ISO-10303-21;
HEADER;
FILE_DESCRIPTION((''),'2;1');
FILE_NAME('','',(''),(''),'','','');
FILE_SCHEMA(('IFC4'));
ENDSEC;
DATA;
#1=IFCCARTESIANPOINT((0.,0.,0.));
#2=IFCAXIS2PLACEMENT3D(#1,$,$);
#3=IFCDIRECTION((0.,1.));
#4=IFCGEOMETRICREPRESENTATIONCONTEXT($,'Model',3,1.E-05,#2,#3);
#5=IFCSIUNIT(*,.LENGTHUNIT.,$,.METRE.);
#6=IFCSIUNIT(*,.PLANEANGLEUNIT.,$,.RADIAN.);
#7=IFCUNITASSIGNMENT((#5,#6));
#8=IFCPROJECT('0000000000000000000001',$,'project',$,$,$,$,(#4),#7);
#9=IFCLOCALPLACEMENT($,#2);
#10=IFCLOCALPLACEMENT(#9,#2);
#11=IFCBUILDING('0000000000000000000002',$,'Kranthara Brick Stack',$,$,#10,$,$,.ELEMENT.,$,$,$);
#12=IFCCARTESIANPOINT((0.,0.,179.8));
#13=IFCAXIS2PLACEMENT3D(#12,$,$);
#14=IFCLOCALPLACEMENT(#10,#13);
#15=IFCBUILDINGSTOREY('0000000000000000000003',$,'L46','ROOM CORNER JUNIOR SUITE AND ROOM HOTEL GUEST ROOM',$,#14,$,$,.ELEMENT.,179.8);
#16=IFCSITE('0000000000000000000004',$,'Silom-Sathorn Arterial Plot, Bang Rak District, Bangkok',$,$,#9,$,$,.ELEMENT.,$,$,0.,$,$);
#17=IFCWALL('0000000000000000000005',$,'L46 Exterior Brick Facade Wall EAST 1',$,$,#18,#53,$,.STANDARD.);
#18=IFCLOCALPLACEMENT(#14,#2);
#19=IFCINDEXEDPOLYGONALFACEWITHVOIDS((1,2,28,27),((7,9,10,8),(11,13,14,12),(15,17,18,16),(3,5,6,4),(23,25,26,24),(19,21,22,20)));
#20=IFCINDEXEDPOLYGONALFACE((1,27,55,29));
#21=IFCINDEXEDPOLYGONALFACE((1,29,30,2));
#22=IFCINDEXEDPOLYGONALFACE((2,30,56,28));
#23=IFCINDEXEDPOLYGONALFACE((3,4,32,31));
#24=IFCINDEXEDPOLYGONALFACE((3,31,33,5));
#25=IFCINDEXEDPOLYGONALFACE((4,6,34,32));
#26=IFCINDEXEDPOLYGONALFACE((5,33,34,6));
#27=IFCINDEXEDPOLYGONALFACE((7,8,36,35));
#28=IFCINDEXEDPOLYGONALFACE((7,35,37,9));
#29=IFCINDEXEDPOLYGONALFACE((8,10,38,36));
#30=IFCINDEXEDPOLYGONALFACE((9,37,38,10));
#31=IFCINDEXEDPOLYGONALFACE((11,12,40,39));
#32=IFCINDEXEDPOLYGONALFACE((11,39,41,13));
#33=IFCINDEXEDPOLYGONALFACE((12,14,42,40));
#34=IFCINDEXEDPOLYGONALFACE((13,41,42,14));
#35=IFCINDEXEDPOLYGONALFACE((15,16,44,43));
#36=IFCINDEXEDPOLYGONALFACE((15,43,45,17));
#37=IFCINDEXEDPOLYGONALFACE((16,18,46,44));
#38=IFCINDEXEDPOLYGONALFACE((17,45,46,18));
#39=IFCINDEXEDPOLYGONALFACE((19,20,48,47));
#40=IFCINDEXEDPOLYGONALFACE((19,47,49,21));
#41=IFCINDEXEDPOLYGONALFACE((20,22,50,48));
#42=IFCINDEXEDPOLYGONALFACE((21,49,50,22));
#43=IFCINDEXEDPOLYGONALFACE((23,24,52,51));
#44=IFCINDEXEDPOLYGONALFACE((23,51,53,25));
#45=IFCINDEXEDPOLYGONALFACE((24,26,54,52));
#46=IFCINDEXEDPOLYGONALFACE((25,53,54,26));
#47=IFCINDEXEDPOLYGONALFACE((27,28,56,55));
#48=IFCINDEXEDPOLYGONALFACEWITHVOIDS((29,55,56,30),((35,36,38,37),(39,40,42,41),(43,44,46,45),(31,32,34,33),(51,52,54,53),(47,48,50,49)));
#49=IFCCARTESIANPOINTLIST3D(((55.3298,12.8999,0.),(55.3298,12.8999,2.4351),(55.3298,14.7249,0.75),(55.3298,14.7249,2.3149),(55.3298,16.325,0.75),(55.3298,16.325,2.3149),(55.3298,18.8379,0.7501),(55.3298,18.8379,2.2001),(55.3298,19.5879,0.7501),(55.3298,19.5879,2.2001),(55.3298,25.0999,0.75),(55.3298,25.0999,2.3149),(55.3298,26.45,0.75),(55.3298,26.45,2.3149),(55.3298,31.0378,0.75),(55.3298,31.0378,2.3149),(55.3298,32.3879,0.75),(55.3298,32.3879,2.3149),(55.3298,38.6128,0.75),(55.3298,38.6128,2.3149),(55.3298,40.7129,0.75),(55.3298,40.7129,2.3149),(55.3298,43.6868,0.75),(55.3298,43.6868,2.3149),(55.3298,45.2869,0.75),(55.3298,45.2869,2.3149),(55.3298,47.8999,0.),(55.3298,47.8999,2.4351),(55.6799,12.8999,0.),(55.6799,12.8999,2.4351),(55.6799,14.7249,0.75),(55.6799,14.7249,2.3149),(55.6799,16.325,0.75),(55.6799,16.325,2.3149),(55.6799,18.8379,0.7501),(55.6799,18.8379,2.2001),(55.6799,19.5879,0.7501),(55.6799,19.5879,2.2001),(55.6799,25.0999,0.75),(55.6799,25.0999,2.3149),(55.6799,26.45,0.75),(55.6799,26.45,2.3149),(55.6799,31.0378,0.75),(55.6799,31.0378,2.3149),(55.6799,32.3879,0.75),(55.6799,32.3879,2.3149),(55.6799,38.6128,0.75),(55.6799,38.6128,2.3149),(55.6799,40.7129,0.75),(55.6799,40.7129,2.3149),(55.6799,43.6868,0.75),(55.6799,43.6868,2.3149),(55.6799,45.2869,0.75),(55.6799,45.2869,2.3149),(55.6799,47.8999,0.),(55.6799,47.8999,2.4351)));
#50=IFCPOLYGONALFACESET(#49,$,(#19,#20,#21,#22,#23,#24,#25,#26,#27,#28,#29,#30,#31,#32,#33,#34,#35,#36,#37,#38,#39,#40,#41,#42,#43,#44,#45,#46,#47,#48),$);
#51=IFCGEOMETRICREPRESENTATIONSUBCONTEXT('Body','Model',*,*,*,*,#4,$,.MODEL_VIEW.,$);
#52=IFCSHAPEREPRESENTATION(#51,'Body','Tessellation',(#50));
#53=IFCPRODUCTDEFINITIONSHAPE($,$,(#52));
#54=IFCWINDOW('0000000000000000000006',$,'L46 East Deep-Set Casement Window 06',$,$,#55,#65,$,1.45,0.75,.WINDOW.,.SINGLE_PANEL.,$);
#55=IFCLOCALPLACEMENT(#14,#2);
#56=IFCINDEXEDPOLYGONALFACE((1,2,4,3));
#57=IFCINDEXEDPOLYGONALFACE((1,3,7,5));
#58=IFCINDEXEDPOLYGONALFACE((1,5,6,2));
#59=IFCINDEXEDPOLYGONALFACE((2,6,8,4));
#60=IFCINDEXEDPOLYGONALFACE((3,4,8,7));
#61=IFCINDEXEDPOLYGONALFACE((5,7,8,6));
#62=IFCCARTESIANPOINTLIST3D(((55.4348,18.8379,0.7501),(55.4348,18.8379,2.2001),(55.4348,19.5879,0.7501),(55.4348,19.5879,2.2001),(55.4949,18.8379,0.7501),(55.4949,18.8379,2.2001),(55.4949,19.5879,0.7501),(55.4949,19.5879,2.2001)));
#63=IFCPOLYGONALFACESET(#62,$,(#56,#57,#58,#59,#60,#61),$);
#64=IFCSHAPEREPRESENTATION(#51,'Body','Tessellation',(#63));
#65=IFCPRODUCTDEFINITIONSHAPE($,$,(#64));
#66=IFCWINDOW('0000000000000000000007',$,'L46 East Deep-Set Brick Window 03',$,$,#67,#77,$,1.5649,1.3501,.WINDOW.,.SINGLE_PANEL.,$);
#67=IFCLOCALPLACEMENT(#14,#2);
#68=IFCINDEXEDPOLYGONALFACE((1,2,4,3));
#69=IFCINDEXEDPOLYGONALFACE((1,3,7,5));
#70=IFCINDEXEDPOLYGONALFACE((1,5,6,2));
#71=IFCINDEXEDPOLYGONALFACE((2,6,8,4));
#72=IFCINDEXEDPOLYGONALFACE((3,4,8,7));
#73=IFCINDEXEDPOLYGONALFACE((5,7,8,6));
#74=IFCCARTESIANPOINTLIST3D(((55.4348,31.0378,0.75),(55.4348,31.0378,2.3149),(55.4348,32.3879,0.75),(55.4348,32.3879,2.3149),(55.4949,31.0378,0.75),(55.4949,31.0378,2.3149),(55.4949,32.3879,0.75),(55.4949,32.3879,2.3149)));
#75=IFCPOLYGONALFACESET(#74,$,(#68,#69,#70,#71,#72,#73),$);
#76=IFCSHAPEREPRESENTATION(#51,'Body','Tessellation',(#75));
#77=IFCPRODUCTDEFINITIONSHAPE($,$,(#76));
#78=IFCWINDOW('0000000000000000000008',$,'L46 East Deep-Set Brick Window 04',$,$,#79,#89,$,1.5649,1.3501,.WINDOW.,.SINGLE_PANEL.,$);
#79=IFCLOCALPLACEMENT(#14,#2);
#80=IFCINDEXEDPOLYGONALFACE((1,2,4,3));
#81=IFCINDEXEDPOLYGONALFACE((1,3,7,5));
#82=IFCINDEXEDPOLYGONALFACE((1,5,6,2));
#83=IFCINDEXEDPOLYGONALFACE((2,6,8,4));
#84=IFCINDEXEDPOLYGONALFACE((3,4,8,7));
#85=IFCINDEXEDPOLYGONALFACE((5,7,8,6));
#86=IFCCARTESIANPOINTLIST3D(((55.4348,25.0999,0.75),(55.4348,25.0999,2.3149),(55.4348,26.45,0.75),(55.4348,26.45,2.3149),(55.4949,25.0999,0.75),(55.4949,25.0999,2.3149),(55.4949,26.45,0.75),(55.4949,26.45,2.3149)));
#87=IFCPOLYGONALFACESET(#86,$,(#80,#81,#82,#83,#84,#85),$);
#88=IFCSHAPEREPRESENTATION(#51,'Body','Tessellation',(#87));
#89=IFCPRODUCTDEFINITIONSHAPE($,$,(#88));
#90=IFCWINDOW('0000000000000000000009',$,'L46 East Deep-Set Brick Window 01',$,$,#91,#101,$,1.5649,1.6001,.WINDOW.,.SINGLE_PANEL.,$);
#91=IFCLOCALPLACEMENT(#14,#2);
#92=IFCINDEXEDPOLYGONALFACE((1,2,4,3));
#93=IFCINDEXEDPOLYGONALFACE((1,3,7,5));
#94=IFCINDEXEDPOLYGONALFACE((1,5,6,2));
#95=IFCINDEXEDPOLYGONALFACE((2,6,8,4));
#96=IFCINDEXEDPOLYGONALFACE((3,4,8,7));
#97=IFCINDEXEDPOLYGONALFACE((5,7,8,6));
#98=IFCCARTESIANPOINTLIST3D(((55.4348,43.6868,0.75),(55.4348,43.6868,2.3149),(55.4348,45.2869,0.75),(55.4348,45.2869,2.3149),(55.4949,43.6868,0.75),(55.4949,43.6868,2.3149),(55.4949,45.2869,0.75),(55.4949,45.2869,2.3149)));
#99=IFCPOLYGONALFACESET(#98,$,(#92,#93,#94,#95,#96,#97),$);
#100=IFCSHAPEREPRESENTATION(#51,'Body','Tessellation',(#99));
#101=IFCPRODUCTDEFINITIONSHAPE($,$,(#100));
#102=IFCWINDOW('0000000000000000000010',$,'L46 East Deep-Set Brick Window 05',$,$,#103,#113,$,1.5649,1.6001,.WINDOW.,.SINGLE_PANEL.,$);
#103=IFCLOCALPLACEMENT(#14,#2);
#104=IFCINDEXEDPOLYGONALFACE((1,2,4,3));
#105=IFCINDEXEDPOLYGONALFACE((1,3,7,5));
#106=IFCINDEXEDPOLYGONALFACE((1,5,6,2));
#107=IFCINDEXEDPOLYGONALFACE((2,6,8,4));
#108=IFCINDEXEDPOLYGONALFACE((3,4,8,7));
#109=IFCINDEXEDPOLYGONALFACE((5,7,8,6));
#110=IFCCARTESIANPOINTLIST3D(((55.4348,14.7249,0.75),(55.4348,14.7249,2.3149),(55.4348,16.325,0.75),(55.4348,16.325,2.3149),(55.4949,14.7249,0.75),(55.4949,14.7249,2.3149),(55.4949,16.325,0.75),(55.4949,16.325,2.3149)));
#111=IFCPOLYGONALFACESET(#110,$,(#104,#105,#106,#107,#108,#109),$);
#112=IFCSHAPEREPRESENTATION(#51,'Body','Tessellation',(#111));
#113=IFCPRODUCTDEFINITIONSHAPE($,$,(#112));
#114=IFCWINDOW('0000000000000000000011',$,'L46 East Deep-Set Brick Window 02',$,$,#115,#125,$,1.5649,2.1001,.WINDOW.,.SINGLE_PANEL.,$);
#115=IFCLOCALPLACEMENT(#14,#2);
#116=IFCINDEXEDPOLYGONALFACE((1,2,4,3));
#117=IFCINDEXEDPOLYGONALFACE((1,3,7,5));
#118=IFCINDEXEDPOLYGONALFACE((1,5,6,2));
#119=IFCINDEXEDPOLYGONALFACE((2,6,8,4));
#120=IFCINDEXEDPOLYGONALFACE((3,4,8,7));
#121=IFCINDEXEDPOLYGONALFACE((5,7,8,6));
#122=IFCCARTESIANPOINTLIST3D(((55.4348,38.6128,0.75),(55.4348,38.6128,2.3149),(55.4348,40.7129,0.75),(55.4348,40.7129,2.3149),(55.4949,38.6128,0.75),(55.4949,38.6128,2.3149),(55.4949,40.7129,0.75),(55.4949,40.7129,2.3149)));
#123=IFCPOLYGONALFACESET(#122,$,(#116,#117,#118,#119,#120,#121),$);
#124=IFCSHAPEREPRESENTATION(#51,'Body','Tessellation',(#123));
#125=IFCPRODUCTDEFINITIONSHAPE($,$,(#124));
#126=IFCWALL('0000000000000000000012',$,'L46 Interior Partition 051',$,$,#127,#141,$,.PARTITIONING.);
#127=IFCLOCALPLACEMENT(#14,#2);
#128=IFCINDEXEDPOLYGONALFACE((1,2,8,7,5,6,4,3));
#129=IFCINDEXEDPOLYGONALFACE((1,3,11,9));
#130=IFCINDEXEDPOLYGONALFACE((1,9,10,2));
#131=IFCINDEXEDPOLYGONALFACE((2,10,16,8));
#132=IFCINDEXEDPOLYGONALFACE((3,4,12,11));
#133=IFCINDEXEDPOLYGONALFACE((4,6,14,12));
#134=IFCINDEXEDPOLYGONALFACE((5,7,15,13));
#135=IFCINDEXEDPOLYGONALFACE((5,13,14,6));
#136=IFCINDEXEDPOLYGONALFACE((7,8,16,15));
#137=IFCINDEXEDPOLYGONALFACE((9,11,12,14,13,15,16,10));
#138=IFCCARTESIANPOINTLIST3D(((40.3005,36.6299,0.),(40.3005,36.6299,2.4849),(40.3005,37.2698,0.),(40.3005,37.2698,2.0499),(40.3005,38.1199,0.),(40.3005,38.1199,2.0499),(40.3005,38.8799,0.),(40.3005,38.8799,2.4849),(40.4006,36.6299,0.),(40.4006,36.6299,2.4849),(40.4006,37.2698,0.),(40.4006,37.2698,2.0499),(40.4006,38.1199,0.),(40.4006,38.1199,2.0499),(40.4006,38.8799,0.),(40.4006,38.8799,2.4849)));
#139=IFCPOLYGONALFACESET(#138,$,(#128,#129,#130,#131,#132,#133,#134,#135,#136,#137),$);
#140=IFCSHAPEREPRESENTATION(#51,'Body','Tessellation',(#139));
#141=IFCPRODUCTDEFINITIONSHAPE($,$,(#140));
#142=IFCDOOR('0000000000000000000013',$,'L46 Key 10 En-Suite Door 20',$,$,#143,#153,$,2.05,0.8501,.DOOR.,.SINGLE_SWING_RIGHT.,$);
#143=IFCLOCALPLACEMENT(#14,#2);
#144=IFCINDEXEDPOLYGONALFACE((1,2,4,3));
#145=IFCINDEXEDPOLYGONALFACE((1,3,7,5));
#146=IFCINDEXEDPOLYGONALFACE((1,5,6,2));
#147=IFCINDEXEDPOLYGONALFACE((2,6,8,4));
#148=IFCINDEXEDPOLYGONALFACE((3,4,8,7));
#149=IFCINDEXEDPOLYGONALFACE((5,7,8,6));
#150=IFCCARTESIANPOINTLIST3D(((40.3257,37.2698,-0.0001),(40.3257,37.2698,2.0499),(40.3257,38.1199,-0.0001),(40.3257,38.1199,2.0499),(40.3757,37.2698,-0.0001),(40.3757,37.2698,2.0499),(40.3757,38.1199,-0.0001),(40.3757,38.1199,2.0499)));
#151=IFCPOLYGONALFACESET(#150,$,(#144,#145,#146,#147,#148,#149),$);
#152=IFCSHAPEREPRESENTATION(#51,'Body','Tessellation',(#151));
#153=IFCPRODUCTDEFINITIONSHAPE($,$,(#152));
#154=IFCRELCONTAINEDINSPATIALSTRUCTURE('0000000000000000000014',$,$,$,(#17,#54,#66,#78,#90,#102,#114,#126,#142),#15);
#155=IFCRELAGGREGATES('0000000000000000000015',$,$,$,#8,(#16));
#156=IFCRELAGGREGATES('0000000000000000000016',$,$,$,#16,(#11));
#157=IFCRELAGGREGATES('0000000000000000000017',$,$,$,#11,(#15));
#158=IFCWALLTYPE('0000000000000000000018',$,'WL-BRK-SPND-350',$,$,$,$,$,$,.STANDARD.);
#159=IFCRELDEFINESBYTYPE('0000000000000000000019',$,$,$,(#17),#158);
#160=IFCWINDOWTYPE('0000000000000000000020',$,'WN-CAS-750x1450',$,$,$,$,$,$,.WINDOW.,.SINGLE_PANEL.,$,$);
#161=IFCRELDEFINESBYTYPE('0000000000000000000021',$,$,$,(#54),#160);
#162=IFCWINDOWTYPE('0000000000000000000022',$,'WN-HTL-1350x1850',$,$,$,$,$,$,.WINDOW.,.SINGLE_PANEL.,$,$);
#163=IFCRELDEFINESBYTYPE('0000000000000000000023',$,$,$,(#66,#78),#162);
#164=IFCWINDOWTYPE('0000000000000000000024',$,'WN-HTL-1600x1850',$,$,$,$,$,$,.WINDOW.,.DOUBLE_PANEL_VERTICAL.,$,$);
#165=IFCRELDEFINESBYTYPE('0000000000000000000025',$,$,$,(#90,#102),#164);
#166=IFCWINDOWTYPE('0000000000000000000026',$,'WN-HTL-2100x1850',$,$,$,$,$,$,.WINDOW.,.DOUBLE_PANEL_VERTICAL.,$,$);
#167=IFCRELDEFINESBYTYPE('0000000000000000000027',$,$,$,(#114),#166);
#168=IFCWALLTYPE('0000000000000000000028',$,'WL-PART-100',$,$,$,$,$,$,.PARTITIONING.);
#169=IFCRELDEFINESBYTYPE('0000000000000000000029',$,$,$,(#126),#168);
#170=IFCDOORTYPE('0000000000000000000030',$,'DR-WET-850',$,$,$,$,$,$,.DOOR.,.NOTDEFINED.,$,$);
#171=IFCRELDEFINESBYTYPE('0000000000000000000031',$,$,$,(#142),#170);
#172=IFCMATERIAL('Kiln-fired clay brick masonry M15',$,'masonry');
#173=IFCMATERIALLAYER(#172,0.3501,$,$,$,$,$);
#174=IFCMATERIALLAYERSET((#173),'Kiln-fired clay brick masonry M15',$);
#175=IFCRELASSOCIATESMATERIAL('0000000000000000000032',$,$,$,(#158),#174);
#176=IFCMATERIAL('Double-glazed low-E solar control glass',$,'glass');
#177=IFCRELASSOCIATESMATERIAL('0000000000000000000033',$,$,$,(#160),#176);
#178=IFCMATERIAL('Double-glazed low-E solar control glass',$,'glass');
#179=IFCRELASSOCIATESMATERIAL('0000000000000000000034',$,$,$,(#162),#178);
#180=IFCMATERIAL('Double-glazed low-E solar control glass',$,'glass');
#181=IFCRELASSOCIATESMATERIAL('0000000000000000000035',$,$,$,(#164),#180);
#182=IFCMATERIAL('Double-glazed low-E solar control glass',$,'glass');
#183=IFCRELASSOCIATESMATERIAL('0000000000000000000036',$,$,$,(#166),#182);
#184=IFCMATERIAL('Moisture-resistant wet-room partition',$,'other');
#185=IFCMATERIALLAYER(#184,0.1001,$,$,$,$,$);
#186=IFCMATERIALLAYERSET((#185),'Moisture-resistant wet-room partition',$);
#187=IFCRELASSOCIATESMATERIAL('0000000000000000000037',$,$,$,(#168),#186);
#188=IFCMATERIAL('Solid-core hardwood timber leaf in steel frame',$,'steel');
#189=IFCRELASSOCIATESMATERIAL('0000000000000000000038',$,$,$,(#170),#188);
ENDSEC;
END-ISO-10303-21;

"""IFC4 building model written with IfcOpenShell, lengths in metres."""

from ifc_helpers import new_model, si_unit, direction, frame, frame_2d, origin, place, context, subcontext, project, spatial, rectangle, extrude, material, layer, layer_set, type_object, element, fill, save


model = new_model("IFC4")

# Units and contexts
model_context = context("Model", 3, precision=1e-05, world=origin(), true_north=direction((0.0, 1.0)))
body_context = subcontext(model_context, "Body", "Model", "MODEL_VIEW")
ifc_project = project(units=[si_unit("LENGTHUNIT", "METRE"), si_unit("PLANEANGLEUNIT", "RADIAN")], contexts=[model_context])

# Site, building, storey
site_placement = place(None, origin())
site = spatial("IfcSite", under=ifc_project, at=site_placement, Name="Silom-Sathorn Arterial Plot, Bang Rak District, Bangkok", CompositionType="ELEMENT", RefElevation=0.0)
building_placement = place(site_placement, origin())
building = spatial("IfcBuilding", under=site, at=building_placement, Name="Kranthara Brick Stack", CompositionType="ELEMENT")
storey_placement = place(building_placement, frame((0.0, 0.0, 179.8)))
storey = spatial("IfcBuildingStorey", under=building, at=storey_placement, Name="L46", Description="ROOM CORNER JUNIOR SUITE AND ROOM HOTEL GUEST ROOM", CompositionType="ELEMENT", Elevation=179.8)

# Shared definitions
ifc_material_1 = material(Name="Kiln-fired clay brick masonry M15", Category="masonry")
ifc_layer_1 = layer(ifc_material_1, 0.3501)
ifc_layer_set_1 = layer_set([ifc_layer_1], Name="Kiln-fired clay brick masonry M15")
wall_type_1 = type_object("IfcWallType", Name="WL-BRK-SPND-350", PredefinedType="STANDARD", material=ifc_layer_set_1)

# Wall, openings, windows
wall_1_placement = place(storey_placement, frame((55.5049, 47.8999, 0.0), z_axis=(0.0, 0.0, 1.0), x_axis=(0.0, -1.0, 0.0)))
wall_1 = element("IfcWall", 1, at=wall_1_placement, inside=storey, type_object=wall_type_1, Name="L46 Exterior Brick Facade Wall EAST 1", PredefinedType="STANDARD", context=body_context, shape_type="SweptSolid", body=[
    extrude(rectangle(XDim=35.0, YDim=0.3501, at=frame_2d((17.5, 0.0))), origin(), (0.0, 0.0, 1.0), 2.4351),
])
opening_1_placement = place(wall_1_placement, frame((2.613, 0.0, 0.75)))
opening_1 = element("IfcOpeningElement", 2, at=opening_1_placement, cuts=wall_1, PredefinedType="OPENING", context=body_context, shape_type="SweptSolid", body=[
    extrude(rectangle(XDim=1.6001, YDim=1.5649, at=frame_2d((0.8, 0.7825))), frame((0.0, 0.1851, 0.0), z_axis=(0.0, -1.0, 0.0), x_axis=(1.0, 0.0, 0.0)), (0.0, 0.0, 1.0), 0.3701),
])
opening_2_placement = place(wall_1_placement, frame((7.187, 0.0, 0.75)))
opening_2 = element("IfcOpeningElement", 3, at=opening_2_placement, cuts=wall_1, PredefinedType="OPENING", context=body_context, shape_type="SweptSolid", body=[
    extrude(rectangle(XDim=2.1001, YDim=1.5649, at=frame_2d((1.05, 0.7825))), frame((0.0, 0.1851, 0.0), z_axis=(0.0, -1.0, 0.0), x_axis=(1.0, 0.0, 0.0)), (0.0, 0.0, 1.0), 0.3701),
])
opening_3_placement = place(wall_1_placement, frame((15.512, 0.0, 0.75)))
opening_3 = element("IfcOpeningElement", 4, at=opening_3_placement, cuts=wall_1, PredefinedType="OPENING", context=body_context, shape_type="SweptSolid", body=[
    extrude(rectangle(XDim=1.3501, YDim=1.5649, at=frame_2d((0.675, 0.7825))), frame((0.0, 0.1851, 0.0), z_axis=(0.0, -1.0, 0.0), x_axis=(1.0, 0.0, 0.0)), (0.0, 0.0, 1.0), 0.3701),
])
opening_4_placement = place(wall_1_placement, frame((21.45, 0.0, 0.75)))
opening_4 = element("IfcOpeningElement", 5, at=opening_4_placement, cuts=wall_1, PredefinedType="OPENING", context=body_context, shape_type="SweptSolid", body=[
    extrude(rectangle(XDim=1.3501, YDim=1.5649, at=frame_2d((0.675, 0.7825))), frame((0.0, 0.1851, 0.0), z_axis=(0.0, -1.0, 0.0), x_axis=(1.0, 0.0, 0.0)), (0.0, 0.0, 1.0), 0.3701),
])
opening_5_placement = place(wall_1_placement, frame((31.575, 0.0, 0.75)))
opening_5 = element("IfcOpeningElement", 6, at=opening_5_placement, cuts=wall_1, PredefinedType="OPENING", context=body_context, shape_type="SweptSolid", body=[
    extrude(rectangle(XDim=1.6001, YDim=1.5649, at=frame_2d((0.8, 0.7825))), frame((0.0, 0.1851, 0.0), z_axis=(0.0, -1.0, 0.0), x_axis=(1.0, 0.0, 0.0)), (0.0, 0.0, 1.0), 0.3701),
])
opening_6_placement = place(wall_1_placement, frame((28.312, 0.0, 0.75)))
opening_6 = element("IfcOpeningElement", 7, at=opening_6_placement, cuts=wall_1, PredefinedType="OPENING", context=body_context, shape_type="SweptSolid", body=[
    extrude(rectangle(XDim=0.75, YDim=1.45, at=frame_2d((0.375, 0.7251))), frame((0.0, 0.1851, 0.0), z_axis=(0.0, -1.0, 0.0), x_axis=(1.0, 0.0, 0.0)), (0.0, 0.0, 1.0), 0.3701),
])
ifc_material_2 = material(Name="Double-glazed low-E solar control glass", Category="glass")
window_type_1 = type_object("IfcWindowType", Name="WN-CAS-750x1450", PartitioningType="SINGLE_PANEL", PredefinedType="WINDOW", material=ifc_material_2)
window_1_placement = place(opening_6_placement, origin())
window_1 = element("IfcWindow", 8, at=window_1_placement, inside=storey, type_object=window_type_1, Name="L46 East Deep-Set Casement Window 06", OverallHeight=1.45, OverallWidth=0.75, PartitioningType="SINGLE_PANEL", PredefinedType="WINDOW", context=body_context, shape_type="SweptSolid", body=[
    extrude(rectangle(XDim=0.75, YDim=1.45, at=frame_2d((0.375, 0.7251))), frame((0.0, -0.01, 0.0), z_axis=(0.0, -1.0, 0.0), x_axis=(1.0, 0.0, 0.0)), (0.0, 0.0, 1.0), 0.0601),
])
fill(opening_6, window_1)
ifc_material_3 = material(Name="Double-glazed low-E solar control glass", Category="glass")
window_type_2 = type_object("IfcWindowType", Name="WN-HTL-1350x1850", PartitioningType="SINGLE_PANEL", PredefinedType="WINDOW", material=ifc_material_3)
window_2_placement = place(opening_3_placement, origin())
window_2 = element("IfcWindow", 9, at=window_2_placement, inside=storey, type_object=window_type_2, Name="L46 East Deep-Set Brick Window 03", OverallHeight=1.5649, OverallWidth=1.3501, PartitioningType="SINGLE_PANEL", PredefinedType="WINDOW", context=body_context, shape_type="SweptSolid", body=[
    extrude(rectangle(XDim=1.3501, YDim=1.5649, at=frame_2d((0.675, 0.7825))), frame((0.0, -0.01, 0.0), z_axis=(0.0, -1.0, 0.0), x_axis=(1.0, 0.0, 0.0)), (0.0, 0.0, 1.0), 0.0601),
])
fill(opening_3, window_2)
window_3_placement = place(opening_4_placement, origin())
window_3 = element("IfcWindow", 10, at=window_3_placement, inside=storey, type_object=window_type_2, Name="L46 East Deep-Set Brick Window 04", OverallHeight=1.5649, OverallWidth=1.3501, PartitioningType="SINGLE_PANEL", PredefinedType="WINDOW", context=body_context, shape_type="SweptSolid", body=[
    extrude(rectangle(XDim=1.3501, YDim=1.5649, at=frame_2d((0.675, 0.7825))), frame((0.0, -0.01, 0.0), z_axis=(0.0, -1.0, 0.0), x_axis=(1.0, 0.0, 0.0)), (0.0, 0.0, 1.0), 0.0601),
])
fill(opening_4, window_3)
ifc_material_4 = material(Name="Double-glazed low-E solar control glass", Category="glass")
window_type_3 = type_object("IfcWindowType", Name="WN-HTL-1600x1850", PartitioningType="DOUBLE_PANEL_VERTICAL", PredefinedType="WINDOW", material=ifc_material_4)
window_4_placement = place(opening_1_placement, origin())
window_4 = element("IfcWindow", 11, at=window_4_placement, inside=storey, type_object=window_type_3, Name="L46 East Deep-Set Brick Window 01", OverallHeight=1.5649, OverallWidth=1.6001, PartitioningType="SINGLE_PANEL", PredefinedType="WINDOW", context=body_context, shape_type="SweptSolid", body=[
    extrude(rectangle(XDim=1.6001, YDim=1.5649, at=frame_2d((0.8, 0.7825))), frame((0.0, -0.01, 0.0), z_axis=(0.0, -1.0, 0.0), x_axis=(1.0, 0.0, 0.0)), (0.0, 0.0, 1.0), 0.0601),
])
fill(opening_1, window_4)
window_5_placement = place(opening_5_placement, origin())
window_5 = element("IfcWindow", 12, at=window_5_placement, inside=storey, type_object=window_type_3, Name="L46 East Deep-Set Brick Window 05", OverallHeight=1.5649, OverallWidth=1.6001, PartitioningType="SINGLE_PANEL", PredefinedType="WINDOW", context=body_context, shape_type="SweptSolid", body=[
    extrude(rectangle(XDim=1.6001, YDim=1.5649, at=frame_2d((0.8, 0.7825))), frame((0.0, -0.01, 0.0), z_axis=(0.0, -1.0, 0.0), x_axis=(1.0, 0.0, 0.0)), (0.0, 0.0, 1.0), 0.0601),
])
fill(opening_5, window_5)
ifc_material_5 = material(Name="Double-glazed low-E solar control glass", Category="glass")
window_type_4 = type_object("IfcWindowType", Name="WN-HTL-2100x1850", PartitioningType="DOUBLE_PANEL_VERTICAL", PredefinedType="WINDOW", material=ifc_material_5)
window_6_placement = place(opening_2_placement, origin())
window_6 = element("IfcWindow", 13, at=window_6_placement, inside=storey, type_object=window_type_4, Name="L46 East Deep-Set Brick Window 02", OverallHeight=1.5649, OverallWidth=2.1001, PartitioningType="SINGLE_PANEL", PredefinedType="WINDOW", context=body_context, shape_type="SweptSolid", body=[
    extrude(rectangle(XDim=2.1001, YDim=1.5649, at=frame_2d((1.05, 0.7825))), frame((0.0, -0.01, 0.0), z_axis=(0.0, -1.0, 0.0), x_axis=(1.0, 0.0, 0.0)), (0.0, 0.0, 1.0), 0.0601),
])
fill(opening_2, window_6)

# Wall, opening, door
ifc_material_6 = material(Name="Moisture-resistant wet-room partition", Category="other")
ifc_layer_2 = layer(ifc_material_6, 0.1001)
ifc_layer_set_2 = layer_set([ifc_layer_2], Name="Moisture-resistant wet-room partition")
wall_type_2 = type_object("IfcWallType", Name="WL-PART-100", PredefinedType="PARTITIONING", material=ifc_layer_set_2)
wall_2_placement = place(storey_placement, frame((40.3506, 36.6299, 0.0), z_axis=(0.0, 0.0, 1.0), x_axis=(0.0, 1.0, 0.0)))
wall_2 = element("IfcWall", 14, at=wall_2_placement, inside=storey, type_object=wall_type_2, Name="L46 Interior Partition 051", PredefinedType="PARTITIONING", context=body_context, shape_type="SweptSolid", body=[
    extrude(rectangle(XDim=2.25, YDim=0.1001, at=frame_2d((1.125, 0.0))), origin(), (0.0, 0.0, 1.0), 2.4849),
])
opening_7_placement = place(wall_2_placement, frame((0.6399, 0.0, 0.0)))
opening_7 = element("IfcOpeningElement", 15, at=opening_7_placement, cuts=wall_2, PredefinedType="OPENING", context=body_context, shape_type="SweptSolid", body=[
    extrude(rectangle(XDim=0.8501, YDim=2.05, at=frame_2d((0.425, 1.0249))), frame((0.0, 0.0601, 0.0), z_axis=(0.0, -1.0, 0.0), x_axis=(1.0, 0.0, 0.0)), (0.0, 0.0, 1.0), 0.1201),
])
ifc_material_7 = material(Name="Solid-core hardwood timber leaf in steel frame", Category="steel")
door_type_1 = type_object("IfcDoorType", Name="DR-WET-850", OperationType="NOTDEFINED", PredefinedType="DOOR", material=ifc_material_7)
door_1_placement = place(opening_7_placement, origin())
door_1 = element("IfcDoor", 16, at=door_1_placement, inside=storey, type_object=door_type_1, Name="L46 Key 10 En-Suite Door 20", OperationType="SINGLE_SWING_RIGHT", OverallHeight=2.05, OverallWidth=0.8501, PredefinedType="DOOR", context=body_context, shape_type="SweptSolid", body=[
    extrude(rectangle(XDim=0.8501, YDim=2.05, at=frame_2d((0.425, 1.0249))), frame((0.0, 0.0249, 0.0), z_axis=(0.0, -1.0, 0.0), x_axis=(1.0, 0.0, 0.0)), (0.0, 0.0, 1.0), 0.05),
])
fill(opening_7, door_1)

save(model, "model.ifc")
